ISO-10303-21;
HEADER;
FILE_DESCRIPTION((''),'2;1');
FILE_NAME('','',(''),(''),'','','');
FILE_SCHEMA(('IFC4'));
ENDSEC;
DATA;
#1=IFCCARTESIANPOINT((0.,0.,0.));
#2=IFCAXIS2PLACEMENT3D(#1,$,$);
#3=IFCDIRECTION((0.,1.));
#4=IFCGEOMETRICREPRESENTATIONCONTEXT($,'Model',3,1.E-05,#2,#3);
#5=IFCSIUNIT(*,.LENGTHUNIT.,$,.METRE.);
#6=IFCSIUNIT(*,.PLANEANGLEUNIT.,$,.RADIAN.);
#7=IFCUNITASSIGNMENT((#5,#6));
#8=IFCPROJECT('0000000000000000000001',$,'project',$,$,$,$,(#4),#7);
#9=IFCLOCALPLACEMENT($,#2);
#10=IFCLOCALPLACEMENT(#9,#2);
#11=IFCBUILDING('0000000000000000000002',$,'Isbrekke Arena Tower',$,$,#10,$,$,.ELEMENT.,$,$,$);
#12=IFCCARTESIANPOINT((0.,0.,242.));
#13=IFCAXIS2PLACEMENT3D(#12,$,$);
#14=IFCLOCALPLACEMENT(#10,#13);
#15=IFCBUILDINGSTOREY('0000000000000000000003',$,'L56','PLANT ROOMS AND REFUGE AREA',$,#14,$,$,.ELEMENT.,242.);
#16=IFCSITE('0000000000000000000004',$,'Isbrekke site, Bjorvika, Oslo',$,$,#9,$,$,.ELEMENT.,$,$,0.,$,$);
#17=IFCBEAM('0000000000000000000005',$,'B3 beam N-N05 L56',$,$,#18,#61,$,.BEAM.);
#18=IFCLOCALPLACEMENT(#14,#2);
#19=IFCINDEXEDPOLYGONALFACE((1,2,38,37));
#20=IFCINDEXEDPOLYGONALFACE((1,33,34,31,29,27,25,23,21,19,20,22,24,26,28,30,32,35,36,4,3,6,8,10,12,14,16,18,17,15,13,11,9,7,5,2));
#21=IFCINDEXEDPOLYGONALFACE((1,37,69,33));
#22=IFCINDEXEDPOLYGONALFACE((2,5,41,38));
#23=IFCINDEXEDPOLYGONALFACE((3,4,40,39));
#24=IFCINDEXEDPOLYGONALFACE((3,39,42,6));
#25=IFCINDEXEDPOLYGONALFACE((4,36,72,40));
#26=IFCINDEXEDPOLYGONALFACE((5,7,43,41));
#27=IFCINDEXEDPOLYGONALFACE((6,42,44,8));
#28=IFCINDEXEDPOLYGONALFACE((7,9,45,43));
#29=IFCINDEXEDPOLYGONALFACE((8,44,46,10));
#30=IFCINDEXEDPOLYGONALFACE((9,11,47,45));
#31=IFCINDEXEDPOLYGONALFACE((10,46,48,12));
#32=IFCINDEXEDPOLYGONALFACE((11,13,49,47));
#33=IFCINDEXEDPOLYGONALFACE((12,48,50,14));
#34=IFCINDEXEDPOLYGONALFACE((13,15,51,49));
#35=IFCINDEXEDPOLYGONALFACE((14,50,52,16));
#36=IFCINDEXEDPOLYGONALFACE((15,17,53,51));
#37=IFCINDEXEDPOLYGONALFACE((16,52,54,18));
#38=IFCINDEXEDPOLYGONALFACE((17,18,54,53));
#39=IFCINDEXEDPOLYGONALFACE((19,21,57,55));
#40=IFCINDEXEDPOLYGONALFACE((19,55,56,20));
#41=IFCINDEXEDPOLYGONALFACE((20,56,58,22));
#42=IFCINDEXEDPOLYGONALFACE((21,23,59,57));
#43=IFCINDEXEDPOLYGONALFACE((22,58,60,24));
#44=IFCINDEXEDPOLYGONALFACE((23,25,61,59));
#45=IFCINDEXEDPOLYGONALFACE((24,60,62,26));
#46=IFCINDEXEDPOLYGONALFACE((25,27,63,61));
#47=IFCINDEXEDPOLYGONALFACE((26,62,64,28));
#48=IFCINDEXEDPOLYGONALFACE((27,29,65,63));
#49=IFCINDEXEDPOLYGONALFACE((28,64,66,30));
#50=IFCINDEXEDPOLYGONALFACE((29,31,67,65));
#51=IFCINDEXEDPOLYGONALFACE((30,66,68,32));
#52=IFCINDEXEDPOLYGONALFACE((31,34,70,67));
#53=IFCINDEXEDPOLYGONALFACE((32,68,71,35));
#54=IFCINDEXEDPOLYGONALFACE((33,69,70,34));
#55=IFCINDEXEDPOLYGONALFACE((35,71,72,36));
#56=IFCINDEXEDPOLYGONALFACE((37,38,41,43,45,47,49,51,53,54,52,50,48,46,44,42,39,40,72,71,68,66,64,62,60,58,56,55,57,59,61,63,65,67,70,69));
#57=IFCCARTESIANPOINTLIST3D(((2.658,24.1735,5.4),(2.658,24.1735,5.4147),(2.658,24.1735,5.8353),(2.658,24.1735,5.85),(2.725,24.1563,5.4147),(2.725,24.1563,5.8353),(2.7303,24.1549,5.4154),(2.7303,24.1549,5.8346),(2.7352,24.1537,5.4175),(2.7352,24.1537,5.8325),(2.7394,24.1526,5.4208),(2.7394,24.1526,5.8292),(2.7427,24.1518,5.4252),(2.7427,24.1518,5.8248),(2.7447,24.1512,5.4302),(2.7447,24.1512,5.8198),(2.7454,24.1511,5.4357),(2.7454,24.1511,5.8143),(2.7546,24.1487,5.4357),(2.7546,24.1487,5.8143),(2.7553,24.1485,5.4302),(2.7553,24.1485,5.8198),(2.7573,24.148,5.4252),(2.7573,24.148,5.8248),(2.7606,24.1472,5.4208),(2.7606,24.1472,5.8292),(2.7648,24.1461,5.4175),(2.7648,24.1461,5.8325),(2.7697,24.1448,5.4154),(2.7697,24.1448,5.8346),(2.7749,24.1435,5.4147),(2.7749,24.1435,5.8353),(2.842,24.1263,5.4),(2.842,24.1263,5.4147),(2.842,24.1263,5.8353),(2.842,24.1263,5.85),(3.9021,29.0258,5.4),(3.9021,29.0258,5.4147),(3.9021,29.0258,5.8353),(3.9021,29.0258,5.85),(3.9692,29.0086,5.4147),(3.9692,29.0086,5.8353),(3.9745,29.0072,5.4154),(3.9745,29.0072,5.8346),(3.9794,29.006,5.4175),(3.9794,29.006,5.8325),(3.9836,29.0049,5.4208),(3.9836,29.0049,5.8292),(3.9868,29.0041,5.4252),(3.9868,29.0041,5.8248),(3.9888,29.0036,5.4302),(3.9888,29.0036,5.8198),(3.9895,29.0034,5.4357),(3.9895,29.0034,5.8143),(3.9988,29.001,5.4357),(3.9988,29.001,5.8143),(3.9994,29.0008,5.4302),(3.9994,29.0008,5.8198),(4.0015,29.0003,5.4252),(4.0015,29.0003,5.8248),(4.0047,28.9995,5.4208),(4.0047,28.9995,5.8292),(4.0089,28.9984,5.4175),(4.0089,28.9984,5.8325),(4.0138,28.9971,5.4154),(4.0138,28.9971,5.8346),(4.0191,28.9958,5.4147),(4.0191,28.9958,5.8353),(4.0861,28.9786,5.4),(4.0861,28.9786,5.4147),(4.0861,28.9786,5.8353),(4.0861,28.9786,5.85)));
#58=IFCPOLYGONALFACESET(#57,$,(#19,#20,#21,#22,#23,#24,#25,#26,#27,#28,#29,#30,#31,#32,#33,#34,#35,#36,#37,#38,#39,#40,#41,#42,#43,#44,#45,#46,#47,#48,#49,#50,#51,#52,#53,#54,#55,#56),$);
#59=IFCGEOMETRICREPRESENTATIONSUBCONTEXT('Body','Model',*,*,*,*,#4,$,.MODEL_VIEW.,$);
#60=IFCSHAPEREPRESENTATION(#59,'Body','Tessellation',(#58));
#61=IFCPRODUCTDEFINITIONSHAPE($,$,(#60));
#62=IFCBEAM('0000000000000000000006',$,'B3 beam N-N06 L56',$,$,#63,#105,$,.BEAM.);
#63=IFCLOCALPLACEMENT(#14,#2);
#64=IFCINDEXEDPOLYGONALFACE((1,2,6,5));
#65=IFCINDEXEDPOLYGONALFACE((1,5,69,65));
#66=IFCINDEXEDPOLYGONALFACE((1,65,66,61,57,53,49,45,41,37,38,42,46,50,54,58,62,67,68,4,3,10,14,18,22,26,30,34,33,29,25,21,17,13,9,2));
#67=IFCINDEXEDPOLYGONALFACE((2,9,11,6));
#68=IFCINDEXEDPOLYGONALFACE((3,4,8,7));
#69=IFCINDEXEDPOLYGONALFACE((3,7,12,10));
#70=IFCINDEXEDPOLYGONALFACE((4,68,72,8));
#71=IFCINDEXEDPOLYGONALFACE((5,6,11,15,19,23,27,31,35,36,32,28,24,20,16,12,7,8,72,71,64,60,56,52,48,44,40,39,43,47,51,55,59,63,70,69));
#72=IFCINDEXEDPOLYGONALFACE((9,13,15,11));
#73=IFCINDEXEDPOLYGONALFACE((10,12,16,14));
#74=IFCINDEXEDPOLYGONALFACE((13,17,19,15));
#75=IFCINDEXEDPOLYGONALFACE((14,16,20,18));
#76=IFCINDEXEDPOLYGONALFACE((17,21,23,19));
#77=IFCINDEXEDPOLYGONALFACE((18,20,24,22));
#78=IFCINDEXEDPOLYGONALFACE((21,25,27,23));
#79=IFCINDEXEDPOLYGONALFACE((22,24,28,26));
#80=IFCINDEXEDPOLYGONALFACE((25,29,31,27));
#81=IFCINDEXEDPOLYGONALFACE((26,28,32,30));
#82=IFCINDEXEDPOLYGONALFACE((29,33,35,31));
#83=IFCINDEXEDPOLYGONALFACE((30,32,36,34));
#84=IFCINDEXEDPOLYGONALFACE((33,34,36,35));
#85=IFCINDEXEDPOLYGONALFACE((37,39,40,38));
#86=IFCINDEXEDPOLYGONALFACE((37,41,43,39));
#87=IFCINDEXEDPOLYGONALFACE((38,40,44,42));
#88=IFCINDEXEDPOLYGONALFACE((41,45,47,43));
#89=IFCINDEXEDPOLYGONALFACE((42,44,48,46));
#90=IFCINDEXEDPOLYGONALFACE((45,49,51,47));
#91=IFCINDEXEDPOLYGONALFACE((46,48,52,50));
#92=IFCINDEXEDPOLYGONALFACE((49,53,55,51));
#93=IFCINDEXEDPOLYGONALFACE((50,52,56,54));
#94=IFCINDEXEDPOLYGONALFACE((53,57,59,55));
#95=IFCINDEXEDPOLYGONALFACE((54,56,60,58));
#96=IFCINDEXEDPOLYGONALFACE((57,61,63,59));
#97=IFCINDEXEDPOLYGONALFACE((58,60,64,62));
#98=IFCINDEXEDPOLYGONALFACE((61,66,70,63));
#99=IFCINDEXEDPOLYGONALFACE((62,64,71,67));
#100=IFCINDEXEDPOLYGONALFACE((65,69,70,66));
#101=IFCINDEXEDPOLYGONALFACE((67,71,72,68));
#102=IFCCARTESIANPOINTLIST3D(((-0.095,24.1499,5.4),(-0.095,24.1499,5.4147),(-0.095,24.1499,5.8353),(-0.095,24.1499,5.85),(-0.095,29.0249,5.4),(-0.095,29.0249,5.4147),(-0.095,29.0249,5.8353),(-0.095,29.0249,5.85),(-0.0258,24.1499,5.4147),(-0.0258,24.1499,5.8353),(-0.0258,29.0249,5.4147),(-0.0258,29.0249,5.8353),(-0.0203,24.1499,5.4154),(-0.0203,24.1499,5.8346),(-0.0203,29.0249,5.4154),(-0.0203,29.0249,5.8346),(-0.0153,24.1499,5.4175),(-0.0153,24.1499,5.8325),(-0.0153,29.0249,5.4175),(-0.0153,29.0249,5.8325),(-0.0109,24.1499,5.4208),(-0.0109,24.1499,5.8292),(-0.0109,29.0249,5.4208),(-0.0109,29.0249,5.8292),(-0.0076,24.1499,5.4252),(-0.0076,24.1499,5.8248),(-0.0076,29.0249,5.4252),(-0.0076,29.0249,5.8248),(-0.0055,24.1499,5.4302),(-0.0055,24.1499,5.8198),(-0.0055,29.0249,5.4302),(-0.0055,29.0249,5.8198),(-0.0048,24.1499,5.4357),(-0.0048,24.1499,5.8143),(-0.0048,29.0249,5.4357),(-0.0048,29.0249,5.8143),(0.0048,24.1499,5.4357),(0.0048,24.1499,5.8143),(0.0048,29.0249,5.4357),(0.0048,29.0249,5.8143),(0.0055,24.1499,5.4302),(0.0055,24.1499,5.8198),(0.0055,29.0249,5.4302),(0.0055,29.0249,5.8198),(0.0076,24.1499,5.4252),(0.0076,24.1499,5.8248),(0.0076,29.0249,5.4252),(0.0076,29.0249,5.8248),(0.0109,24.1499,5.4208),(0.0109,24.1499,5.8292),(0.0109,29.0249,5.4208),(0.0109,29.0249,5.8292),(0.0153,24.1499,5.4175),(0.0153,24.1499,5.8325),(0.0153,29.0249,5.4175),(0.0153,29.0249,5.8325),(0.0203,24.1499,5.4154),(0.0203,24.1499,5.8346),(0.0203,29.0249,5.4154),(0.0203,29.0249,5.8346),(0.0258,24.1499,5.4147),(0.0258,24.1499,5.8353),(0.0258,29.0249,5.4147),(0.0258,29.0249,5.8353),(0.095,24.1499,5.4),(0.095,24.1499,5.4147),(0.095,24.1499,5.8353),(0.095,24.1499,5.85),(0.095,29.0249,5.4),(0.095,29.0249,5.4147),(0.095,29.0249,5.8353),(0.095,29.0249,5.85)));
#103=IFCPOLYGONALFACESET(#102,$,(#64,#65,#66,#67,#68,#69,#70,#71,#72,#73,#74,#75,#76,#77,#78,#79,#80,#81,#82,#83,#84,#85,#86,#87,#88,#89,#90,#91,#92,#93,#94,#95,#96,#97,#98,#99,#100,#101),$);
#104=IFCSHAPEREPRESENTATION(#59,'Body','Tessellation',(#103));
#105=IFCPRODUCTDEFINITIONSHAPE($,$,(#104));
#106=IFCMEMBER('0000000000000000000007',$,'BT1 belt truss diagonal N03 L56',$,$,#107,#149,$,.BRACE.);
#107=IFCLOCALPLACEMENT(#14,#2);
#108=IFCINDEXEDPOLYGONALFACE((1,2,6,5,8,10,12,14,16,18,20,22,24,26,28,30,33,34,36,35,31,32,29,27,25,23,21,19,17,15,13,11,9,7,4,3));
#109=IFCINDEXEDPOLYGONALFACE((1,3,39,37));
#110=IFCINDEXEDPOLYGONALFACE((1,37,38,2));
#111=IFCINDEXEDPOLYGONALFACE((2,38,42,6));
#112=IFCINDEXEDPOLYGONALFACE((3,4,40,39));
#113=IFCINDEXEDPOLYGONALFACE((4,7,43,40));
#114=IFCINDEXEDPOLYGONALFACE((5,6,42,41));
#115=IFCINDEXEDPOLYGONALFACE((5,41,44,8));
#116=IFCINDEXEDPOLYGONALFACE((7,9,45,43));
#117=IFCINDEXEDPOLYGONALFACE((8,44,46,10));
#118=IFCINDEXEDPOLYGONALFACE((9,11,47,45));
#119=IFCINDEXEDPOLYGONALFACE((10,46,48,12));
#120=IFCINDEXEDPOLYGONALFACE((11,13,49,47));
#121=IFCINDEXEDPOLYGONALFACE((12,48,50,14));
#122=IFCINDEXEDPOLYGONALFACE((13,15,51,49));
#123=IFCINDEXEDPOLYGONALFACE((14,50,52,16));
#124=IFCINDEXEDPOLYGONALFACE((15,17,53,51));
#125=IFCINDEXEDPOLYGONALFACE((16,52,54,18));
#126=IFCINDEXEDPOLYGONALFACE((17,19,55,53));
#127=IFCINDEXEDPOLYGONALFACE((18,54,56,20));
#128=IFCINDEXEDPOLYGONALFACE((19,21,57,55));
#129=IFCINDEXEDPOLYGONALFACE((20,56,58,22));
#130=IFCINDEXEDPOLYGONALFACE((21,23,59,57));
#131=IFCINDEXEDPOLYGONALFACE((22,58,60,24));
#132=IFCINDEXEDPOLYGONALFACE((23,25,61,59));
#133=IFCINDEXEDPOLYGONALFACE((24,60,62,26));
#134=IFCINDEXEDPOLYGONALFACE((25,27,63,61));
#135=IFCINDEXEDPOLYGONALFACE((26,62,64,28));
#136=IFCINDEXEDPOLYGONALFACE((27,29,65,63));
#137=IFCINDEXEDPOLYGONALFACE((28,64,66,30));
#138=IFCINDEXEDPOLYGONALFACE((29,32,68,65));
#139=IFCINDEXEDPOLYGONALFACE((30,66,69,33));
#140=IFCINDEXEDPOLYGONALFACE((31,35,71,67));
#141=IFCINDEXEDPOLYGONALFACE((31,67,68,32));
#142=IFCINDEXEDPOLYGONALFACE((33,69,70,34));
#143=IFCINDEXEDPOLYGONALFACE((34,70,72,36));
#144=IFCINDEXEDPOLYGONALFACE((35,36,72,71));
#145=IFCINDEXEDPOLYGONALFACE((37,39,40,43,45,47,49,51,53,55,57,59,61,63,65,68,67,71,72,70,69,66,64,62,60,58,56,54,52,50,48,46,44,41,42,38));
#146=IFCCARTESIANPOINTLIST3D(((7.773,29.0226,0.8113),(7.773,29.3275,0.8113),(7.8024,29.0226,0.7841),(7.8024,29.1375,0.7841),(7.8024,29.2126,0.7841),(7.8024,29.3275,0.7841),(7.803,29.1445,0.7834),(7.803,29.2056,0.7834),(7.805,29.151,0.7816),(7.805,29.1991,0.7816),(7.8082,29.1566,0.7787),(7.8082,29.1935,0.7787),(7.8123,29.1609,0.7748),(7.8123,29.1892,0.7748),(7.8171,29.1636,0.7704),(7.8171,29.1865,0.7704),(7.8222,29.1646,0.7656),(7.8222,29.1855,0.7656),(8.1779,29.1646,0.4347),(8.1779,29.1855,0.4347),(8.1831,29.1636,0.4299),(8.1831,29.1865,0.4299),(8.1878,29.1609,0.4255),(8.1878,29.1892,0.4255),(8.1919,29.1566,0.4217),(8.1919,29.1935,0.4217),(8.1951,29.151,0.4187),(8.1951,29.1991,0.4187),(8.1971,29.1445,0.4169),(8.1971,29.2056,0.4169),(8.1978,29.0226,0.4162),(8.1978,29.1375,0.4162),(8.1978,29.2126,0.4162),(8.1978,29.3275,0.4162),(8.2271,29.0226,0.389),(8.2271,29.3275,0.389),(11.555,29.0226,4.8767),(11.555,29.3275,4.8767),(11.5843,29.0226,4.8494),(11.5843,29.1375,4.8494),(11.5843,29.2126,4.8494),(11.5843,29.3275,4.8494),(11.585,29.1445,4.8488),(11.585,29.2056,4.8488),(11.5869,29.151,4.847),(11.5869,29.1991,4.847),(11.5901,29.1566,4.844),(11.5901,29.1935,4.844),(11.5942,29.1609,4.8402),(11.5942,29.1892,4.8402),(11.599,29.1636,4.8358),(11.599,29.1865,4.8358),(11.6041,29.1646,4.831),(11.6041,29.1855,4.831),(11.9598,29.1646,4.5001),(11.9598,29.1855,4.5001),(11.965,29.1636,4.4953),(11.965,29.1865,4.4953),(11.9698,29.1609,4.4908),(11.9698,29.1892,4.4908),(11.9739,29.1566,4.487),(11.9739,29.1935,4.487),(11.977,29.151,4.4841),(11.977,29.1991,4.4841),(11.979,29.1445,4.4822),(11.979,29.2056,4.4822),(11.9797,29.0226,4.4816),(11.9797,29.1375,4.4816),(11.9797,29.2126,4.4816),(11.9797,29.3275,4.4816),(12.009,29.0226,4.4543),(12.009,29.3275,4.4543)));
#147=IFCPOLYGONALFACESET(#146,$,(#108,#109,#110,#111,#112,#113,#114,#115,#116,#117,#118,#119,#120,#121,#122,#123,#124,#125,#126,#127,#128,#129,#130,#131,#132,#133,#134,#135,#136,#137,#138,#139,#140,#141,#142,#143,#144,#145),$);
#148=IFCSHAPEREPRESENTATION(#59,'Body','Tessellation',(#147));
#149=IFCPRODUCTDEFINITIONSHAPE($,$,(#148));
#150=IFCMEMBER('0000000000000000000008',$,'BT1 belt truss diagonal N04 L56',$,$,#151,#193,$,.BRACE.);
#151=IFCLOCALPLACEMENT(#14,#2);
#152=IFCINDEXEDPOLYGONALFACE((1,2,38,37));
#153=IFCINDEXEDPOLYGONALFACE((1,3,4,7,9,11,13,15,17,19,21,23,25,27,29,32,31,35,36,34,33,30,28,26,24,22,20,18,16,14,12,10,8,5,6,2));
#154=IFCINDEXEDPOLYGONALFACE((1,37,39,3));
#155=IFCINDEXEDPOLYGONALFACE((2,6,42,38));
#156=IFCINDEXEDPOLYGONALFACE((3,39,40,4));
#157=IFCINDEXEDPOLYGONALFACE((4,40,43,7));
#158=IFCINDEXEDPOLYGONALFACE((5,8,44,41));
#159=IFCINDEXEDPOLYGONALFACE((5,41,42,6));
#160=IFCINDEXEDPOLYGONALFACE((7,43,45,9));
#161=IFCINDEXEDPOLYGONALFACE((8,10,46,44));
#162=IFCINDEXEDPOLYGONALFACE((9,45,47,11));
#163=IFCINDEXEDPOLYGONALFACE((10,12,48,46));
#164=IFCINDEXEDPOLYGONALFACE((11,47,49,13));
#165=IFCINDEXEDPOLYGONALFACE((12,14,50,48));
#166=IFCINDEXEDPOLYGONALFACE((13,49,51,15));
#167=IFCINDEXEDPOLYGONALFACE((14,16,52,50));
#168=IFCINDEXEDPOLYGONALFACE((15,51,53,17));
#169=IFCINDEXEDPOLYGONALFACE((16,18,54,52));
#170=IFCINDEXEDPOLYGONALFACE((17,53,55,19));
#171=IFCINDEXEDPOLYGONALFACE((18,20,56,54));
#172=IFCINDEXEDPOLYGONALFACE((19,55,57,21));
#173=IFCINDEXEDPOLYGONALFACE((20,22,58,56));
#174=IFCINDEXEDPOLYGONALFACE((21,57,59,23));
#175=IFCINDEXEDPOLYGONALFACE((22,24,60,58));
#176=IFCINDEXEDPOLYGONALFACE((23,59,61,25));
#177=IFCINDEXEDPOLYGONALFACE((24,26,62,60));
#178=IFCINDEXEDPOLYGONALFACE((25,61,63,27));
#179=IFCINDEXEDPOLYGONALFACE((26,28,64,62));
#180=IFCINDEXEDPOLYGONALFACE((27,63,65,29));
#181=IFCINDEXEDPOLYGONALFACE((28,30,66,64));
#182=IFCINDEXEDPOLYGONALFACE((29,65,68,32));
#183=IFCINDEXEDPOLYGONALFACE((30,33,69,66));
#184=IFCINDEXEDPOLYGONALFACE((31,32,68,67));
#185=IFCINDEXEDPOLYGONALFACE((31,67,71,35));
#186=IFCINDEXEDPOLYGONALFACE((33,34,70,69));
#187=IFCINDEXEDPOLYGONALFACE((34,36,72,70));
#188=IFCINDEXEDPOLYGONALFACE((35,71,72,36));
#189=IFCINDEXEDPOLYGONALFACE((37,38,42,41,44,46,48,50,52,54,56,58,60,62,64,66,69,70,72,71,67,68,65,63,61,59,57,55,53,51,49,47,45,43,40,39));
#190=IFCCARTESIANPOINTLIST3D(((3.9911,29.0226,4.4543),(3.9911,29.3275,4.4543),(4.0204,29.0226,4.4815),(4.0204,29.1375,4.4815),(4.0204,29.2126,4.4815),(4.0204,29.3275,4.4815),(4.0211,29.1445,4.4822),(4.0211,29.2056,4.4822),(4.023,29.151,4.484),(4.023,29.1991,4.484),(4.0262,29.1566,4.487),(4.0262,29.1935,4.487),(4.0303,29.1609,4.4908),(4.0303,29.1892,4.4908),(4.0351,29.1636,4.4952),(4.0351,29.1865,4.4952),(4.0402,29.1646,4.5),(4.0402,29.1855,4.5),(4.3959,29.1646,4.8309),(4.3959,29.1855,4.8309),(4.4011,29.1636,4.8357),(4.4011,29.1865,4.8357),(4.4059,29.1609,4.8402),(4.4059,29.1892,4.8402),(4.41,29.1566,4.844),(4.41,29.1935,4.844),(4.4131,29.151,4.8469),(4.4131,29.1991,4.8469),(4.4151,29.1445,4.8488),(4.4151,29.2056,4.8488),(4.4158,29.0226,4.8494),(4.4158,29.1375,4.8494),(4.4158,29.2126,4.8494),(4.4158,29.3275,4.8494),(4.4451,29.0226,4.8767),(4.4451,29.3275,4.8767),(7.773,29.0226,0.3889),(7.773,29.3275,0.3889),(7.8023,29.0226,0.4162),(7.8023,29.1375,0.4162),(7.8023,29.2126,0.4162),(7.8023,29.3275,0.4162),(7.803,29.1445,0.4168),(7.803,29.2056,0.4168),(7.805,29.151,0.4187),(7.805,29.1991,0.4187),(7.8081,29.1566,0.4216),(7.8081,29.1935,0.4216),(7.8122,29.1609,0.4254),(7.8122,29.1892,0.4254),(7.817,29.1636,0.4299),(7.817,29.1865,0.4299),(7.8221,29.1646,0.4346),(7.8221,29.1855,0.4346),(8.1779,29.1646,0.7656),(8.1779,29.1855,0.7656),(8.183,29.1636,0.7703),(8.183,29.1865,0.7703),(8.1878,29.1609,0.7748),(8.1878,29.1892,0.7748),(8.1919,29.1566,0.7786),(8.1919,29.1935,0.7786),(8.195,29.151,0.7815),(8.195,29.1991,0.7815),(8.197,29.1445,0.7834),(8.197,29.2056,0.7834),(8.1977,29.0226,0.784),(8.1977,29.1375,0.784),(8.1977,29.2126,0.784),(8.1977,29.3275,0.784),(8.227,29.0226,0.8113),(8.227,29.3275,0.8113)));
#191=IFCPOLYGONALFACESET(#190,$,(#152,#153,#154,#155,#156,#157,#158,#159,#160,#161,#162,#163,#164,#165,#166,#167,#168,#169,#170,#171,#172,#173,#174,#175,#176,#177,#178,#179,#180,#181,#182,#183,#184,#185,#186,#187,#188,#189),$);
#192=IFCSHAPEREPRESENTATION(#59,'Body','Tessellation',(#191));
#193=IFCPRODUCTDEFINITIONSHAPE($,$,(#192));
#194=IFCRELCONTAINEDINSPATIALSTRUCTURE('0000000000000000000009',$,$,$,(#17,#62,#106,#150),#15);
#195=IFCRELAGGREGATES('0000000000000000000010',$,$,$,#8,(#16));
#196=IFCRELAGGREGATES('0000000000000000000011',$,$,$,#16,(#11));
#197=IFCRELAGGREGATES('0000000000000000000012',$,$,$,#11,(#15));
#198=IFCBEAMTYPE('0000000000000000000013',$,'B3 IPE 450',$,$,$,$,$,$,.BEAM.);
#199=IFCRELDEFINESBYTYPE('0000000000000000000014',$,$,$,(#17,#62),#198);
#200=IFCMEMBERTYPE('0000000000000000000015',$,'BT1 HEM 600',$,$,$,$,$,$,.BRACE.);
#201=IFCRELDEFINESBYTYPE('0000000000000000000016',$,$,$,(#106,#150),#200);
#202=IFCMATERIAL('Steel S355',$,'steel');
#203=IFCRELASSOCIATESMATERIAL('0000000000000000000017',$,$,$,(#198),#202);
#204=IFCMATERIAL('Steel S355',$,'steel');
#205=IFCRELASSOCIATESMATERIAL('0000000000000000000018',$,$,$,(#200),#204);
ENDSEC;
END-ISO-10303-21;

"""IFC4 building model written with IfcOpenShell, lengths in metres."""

from ifc_helpers import new_model, si_unit, direction, frame, origin, origin_2d, place, context, subcontext, project, spatial, i_section, extrude, material, material_profile, profile_set, type_object, element, save


model = new_model("IFC4")

# Units and contexts
model_context = context("Model", 3, precision=1e-05, world=origin(), true_north=direction((0.0, 1.0)))
body_context = subcontext(model_context, "Body", "Model", "MODEL_VIEW")
ifc_project = project(units=[si_unit("LENGTHUNIT", "METRE"), si_unit("PLANEANGLEUNIT", "RADIAN")], contexts=[model_context])

# Site, building, storey
site_placement = place(None, origin())
site = spatial("IfcSite", under=ifc_project, at=site_placement, Name="Isbrekke site, Bjorvika, Oslo", CompositionType="ELEMENT", RefElevation=0.0)
building_placement = place(site_placement, origin())
building = spatial("IfcBuilding", under=site, at=building_placement, Name="Isbrekke Arena Tower", CompositionType="ELEMENT")
storey_placement = place(building_placement, frame((0.0, 0.0, 242.0)))
storey = spatial("IfcBuildingStorey", under=building, at=storey_placement, Name="L56", Description="PLANT ROOMS AND REFUGE AREA", CompositionType="ELEMENT", Elevation=242.0)

# Beams
ifc_material_1 = material(Name="Steel S355", Category="steel")
ifc_material_profile_1 = material_profile(ifc_material_1, i_section(OverallWidth=0.1899, OverallDepth=0.45, WebThickness=0.0095, FlangeThickness=0.0146, FilletRadius=0.021, at=origin_2d()), Name="IPE 450")
ifc_profile_set_1 = profile_set([ifc_material_profile_1], Name="Steel S355")
beam_type_1 = type_object("IfcBeamType", Name="B3 IPE 450", PredefinedType="BEAM", material=ifc_profile_set_1)
beam_1_placement = place(storey_placement, frame((3.9941, 29.0022, 5.625), z_axis=(-0.248368, -0.968666, 0.0), x_axis=(0.968666, -0.248368, 0.0)))
element("IfcBeam", 1, at=beam_1_placement, inside=storey, type_object=beam_type_1, Name="B3 beam N-N05 L56", PredefinedType="BEAM", context=body_context, shape_type="SweptSolid", body=[
    extrude(i_section(OverallWidth=0.1899, OverallDepth=0.45, WebThickness=0.0095, FlangeThickness=0.0146, FilletRadius=0.021, at=origin_2d()), origin(), (0.0, 0.0, 1.0), 5.0093),
])
beam_2_placement = place(storey_placement, frame((0.0, 29.0249, 5.625), z_axis=(0.0, -1.0, 0.0), x_axis=(1.0, 0.0, 0.0)))
element("IfcBeam", 2, at=beam_2_placement, inside=storey, type_object=beam_type_1, Name="B3 beam N-N06 L56", PredefinedType="BEAM", context=body_context, shape_type="SweptSolid", body=[
    extrude(i_section(OverallWidth=0.1899, OverallDepth=0.45, WebThickness=0.0095, FlangeThickness=0.0146, FilletRadius=0.021, at=origin_2d()), origin(), (0.0, 0.0, 1.0), 4.875),
])

# Members
ifc_material_2 = material(Name="Steel S355", Category="steel")
ifc_material_profile_2 = material_profile(ifc_material_2, i_section(OverallWidth=0.3049, OverallDepth=0.6201, WebThickness=0.021, FlangeThickness=0.04, FilletRadius=0.0271, at=origin_2d()), Name="HEM 600")
ifc_profile_set_2 = profile_set([ifc_material_profile_2], Name="Steel S355")
member_type_1 = type_object("IfcMemberType", Name="BT1 HEM 600", PredefinedType="BRACE", material=ifc_profile_set_2)
for number, where, z_axis, x_axis, name in (
    (3, (11.782, 29.175, 4.6655), (-0.681122, 0.0, -0.73217), (0.0, -1.0, 0.0), "BT1 belt truss diagonal N03 L56"),
    (4, (8.0, 29.175, 0.6001), (-0.681122, 0.0, 0.73217), (0.0, -1.0, 0.0), "BT1 belt truss diagonal N04 L56"),
):
    element("IfcMember", number, at=place(storey_placement, frame(where, z_axis=z_axis, x_axis=x_axis)), inside=storey, type_object=member_type_1, Name=name, PredefinedType="BRACE", context=body_context, shape_type="SweptSolid", body=[
        extrude(i_section(OverallWidth=0.3049, OverallDepth=0.6201, WebThickness=0.021, FlangeThickness=0.04, FilletRadius=0.0271, at=origin_2d()), origin(), (0.0, 0.0, 1.0), 5.5525),
    ])

save(model, "model.ifc")
